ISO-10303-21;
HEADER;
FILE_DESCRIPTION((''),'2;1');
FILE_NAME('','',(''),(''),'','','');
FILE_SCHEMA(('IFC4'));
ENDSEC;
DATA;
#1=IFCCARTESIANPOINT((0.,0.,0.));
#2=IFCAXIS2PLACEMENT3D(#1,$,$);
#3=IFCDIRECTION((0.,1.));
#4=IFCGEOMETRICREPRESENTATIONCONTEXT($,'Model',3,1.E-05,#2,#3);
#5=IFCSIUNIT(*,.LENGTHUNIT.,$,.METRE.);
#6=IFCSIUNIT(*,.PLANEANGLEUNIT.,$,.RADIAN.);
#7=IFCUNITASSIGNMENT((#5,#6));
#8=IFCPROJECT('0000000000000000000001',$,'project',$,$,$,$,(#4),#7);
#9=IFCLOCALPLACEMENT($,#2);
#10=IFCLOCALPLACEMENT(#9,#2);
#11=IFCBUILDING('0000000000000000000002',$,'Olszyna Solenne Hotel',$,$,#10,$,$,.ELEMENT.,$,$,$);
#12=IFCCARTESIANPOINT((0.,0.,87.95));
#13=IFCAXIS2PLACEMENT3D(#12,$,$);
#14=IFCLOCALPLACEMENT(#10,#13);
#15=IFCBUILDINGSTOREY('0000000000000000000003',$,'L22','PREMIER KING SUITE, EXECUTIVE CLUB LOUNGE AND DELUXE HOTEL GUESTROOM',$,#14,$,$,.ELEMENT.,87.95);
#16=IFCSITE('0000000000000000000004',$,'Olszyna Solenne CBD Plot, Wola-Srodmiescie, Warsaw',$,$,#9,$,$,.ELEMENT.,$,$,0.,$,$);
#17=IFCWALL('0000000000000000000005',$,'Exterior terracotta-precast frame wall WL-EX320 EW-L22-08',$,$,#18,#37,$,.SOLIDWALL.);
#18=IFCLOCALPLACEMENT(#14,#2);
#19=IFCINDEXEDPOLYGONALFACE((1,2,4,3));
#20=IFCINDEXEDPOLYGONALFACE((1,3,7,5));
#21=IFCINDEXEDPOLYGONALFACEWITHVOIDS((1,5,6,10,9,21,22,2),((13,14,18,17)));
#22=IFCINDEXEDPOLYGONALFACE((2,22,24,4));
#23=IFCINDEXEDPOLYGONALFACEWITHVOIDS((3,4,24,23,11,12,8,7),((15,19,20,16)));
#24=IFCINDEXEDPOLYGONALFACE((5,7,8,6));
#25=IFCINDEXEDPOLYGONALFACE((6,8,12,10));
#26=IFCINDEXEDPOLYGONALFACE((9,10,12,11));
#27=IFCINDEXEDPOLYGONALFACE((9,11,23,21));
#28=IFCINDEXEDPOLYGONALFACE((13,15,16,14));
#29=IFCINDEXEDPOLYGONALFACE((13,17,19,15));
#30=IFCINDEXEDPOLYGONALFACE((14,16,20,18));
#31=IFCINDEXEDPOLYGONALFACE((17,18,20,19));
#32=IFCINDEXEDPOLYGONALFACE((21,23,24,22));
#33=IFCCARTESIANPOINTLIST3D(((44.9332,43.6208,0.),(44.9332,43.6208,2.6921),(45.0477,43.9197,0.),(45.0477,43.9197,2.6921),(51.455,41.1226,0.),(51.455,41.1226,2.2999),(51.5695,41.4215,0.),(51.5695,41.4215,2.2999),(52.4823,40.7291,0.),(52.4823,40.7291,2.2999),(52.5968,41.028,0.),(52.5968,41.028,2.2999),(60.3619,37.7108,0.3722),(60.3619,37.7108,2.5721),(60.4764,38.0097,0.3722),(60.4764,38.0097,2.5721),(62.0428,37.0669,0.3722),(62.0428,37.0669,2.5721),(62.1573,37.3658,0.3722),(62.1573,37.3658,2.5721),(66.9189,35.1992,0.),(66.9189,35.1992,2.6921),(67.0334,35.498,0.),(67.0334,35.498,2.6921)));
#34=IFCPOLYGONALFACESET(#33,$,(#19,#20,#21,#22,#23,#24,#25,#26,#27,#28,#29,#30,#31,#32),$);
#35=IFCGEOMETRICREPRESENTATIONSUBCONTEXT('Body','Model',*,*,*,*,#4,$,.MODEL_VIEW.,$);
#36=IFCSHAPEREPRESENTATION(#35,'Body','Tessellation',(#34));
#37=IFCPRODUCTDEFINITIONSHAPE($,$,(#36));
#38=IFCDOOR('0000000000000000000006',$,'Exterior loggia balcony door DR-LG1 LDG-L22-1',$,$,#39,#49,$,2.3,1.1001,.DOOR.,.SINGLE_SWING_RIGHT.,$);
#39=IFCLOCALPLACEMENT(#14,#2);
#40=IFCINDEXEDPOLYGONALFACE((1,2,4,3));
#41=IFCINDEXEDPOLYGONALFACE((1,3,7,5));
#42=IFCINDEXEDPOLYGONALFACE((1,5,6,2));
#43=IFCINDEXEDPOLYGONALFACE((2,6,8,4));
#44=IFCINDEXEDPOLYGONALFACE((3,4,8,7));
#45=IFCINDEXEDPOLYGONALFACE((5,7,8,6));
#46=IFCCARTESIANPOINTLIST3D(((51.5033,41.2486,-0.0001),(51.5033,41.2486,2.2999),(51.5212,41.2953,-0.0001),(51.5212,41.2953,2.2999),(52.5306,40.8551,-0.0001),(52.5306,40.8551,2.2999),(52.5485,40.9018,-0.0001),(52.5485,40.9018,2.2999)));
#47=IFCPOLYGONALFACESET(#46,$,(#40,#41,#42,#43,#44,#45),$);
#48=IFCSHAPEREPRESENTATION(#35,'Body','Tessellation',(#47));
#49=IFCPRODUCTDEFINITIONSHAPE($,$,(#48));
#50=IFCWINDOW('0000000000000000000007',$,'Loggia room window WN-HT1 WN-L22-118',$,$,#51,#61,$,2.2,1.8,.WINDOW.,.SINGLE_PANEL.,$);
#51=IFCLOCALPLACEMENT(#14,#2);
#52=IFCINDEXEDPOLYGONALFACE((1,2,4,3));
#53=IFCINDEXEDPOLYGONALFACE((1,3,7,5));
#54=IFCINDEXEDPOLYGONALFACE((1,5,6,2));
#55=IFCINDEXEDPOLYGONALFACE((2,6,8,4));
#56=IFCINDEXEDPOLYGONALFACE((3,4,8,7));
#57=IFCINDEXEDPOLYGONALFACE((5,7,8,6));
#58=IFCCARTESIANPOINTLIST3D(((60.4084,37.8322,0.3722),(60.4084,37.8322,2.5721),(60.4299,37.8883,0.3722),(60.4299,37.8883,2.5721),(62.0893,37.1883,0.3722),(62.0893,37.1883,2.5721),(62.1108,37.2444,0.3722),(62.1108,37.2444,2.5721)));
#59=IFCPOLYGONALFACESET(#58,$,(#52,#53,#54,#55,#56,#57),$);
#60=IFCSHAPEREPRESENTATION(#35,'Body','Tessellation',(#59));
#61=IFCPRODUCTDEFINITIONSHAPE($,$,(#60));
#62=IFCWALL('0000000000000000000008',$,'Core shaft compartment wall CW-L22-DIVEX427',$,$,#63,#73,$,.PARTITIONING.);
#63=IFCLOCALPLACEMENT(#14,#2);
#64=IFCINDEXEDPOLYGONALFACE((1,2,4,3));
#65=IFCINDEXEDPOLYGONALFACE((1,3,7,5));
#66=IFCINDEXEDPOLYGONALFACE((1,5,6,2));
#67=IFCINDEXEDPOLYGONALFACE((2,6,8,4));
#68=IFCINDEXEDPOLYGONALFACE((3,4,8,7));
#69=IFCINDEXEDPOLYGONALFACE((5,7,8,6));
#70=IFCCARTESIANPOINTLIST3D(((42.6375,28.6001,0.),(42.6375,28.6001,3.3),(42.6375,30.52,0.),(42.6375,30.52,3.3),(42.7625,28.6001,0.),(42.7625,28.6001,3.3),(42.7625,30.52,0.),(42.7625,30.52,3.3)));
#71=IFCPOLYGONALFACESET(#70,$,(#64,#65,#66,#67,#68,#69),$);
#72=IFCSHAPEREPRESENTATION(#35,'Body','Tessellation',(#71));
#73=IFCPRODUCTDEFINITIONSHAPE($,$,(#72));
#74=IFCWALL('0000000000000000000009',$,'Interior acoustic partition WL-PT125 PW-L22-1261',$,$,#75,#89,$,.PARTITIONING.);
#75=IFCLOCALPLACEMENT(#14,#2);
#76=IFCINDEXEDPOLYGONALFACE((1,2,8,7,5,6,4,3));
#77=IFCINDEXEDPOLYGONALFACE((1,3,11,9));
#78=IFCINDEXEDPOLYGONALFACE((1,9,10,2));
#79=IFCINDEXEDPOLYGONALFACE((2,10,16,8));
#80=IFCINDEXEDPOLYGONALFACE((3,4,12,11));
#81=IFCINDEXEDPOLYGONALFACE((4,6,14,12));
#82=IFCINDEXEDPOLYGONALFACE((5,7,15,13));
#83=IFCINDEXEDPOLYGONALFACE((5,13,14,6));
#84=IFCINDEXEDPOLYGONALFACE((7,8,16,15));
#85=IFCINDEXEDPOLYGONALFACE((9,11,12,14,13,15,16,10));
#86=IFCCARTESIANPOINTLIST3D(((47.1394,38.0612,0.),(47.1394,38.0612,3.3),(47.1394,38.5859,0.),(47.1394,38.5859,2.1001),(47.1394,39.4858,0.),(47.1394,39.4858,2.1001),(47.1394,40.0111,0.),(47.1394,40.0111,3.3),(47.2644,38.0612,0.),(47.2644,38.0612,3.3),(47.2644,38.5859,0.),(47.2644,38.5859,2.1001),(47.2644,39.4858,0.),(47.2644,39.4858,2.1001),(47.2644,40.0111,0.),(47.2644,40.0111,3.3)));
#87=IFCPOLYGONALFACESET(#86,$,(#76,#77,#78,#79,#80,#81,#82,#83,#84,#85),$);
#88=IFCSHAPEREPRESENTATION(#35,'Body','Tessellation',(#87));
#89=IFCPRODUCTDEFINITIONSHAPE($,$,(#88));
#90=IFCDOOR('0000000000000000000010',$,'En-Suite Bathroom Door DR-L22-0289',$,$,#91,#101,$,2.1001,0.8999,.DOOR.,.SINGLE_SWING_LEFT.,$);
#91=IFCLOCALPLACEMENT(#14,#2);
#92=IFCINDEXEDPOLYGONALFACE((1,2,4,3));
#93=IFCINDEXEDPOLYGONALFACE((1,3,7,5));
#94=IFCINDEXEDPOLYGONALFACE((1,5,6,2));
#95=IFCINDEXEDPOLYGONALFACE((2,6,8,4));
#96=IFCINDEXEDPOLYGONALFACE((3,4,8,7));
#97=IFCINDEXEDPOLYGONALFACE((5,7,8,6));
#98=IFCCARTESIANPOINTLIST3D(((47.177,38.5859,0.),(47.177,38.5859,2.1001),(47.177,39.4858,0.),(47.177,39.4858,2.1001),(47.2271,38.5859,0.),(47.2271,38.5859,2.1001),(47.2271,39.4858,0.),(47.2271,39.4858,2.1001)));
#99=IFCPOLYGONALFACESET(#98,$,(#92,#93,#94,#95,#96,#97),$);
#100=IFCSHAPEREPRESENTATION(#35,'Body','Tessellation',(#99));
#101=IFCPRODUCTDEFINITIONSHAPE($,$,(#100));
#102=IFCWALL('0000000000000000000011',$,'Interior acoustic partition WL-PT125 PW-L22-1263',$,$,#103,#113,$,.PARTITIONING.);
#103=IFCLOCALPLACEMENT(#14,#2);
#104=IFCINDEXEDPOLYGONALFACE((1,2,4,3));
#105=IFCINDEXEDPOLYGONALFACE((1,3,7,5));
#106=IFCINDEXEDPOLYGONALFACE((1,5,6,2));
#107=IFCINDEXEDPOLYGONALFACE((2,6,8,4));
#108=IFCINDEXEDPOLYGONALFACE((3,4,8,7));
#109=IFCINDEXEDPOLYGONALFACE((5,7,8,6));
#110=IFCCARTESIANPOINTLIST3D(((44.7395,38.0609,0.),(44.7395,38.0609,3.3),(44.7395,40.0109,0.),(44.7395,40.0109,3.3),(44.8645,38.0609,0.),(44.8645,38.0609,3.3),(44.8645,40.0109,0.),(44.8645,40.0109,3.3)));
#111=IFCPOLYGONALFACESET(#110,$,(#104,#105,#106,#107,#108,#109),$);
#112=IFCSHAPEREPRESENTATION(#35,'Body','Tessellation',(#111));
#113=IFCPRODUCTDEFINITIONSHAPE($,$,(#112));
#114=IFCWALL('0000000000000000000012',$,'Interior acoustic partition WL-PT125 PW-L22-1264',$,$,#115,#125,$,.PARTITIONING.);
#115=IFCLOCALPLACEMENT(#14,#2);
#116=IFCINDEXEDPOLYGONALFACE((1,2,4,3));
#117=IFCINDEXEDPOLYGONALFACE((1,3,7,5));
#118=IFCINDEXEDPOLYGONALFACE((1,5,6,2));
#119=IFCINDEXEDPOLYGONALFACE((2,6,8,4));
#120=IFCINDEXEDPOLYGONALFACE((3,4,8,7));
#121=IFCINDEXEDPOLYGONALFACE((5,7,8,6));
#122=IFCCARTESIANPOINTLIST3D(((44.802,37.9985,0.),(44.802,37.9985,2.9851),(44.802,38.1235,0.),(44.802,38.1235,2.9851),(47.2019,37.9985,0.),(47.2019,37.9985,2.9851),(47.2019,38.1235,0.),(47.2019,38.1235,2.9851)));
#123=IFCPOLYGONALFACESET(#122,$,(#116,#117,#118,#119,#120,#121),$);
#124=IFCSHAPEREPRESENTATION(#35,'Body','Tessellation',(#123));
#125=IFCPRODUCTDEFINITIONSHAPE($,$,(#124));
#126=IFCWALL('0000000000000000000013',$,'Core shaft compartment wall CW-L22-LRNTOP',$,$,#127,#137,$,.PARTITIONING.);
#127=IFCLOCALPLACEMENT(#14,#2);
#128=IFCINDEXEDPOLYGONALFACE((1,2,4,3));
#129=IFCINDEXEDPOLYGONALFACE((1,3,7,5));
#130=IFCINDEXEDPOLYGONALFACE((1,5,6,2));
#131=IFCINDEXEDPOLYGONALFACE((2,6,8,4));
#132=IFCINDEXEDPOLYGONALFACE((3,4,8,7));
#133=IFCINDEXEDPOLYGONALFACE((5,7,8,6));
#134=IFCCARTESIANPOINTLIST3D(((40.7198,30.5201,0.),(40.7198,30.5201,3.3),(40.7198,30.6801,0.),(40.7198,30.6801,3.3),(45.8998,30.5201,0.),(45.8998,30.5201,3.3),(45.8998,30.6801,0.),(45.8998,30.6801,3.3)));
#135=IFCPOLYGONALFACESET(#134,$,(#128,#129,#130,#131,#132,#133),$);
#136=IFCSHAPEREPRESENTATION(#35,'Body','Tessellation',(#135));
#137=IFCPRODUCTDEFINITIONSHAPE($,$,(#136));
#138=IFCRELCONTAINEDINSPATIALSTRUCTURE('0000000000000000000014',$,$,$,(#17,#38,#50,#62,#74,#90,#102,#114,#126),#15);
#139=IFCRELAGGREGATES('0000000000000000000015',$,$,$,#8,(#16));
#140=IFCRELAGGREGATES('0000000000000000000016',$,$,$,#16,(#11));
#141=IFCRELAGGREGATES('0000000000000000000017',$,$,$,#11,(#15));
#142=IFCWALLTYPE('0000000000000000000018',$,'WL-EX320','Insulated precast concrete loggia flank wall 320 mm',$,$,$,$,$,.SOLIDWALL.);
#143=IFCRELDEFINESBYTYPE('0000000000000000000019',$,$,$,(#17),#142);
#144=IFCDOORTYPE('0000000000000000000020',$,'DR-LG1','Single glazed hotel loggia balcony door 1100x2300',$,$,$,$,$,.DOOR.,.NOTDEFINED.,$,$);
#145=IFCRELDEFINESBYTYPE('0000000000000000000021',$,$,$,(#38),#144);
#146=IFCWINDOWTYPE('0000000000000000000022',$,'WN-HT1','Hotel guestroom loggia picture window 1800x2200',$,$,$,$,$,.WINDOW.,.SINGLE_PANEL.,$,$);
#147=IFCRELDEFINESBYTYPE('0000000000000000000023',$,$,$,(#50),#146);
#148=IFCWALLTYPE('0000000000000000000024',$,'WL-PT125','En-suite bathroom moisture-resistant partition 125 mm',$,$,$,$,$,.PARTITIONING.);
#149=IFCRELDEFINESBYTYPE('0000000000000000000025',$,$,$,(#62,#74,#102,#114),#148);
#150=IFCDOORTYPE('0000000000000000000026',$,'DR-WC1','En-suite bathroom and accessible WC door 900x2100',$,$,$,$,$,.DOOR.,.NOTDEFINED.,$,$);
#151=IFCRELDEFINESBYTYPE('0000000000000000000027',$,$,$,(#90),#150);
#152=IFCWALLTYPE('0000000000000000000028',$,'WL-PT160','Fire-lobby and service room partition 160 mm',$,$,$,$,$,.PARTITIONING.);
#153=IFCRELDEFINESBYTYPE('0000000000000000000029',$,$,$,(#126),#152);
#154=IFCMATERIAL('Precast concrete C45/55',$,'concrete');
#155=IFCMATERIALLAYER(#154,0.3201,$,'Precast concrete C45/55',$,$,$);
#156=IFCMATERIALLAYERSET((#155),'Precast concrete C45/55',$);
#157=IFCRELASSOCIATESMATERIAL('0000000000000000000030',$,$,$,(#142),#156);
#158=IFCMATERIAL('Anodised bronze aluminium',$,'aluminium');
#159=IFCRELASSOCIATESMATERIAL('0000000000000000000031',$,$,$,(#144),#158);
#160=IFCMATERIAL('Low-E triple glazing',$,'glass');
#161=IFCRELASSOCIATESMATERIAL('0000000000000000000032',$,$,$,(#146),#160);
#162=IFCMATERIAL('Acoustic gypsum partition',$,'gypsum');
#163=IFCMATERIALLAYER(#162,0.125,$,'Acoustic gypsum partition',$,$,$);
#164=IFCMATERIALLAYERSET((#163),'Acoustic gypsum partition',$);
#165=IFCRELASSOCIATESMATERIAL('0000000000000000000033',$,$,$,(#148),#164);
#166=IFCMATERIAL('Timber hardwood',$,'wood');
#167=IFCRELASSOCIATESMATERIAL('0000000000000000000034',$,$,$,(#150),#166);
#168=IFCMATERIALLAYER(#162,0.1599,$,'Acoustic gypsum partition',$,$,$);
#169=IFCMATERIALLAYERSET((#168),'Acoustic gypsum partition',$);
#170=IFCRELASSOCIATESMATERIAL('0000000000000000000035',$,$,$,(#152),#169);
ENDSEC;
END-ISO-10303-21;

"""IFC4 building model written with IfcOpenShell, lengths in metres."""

from ifc_helpers import new_model, si_unit, direction, frame, frame_2d, origin, place, context, subcontext, project, spatial, rectangle, extrude, source, transform, mapped, material, layer, layer_set, type_object, type_shapes, element, fill, save


model = new_model("IFC4")

# Units and contexts
model_context = context("Model", 3, precision=1e-05, world=origin(), true_north=direction((0.0, 1.0)))
body_context = subcontext(model_context, "Body", "Model", "MODEL_VIEW")
ifc_project = project(units=[si_unit("LENGTHUNIT", "METRE"), si_unit("PLANEANGLEUNIT", "RADIAN")], contexts=[model_context])

# Site, building, storey
site_placement = place(None, origin())
site = spatial("IfcSite", under=ifc_project, at=site_placement, Name="Olszyna Solenne CBD Plot, Wola-Srodmiescie, Warsaw", CompositionType="ELEMENT", RefElevation=0.0)
building_placement = place(site_placement, origin())
building = spatial("IfcBuilding", under=site, at=building_placement, Name="Olszyna Solenne Hotel", CompositionType="ELEMENT")
storey_placement = place(building_placement, frame((0.0, 0.0, 87.95)))
storey = spatial("IfcBuildingStorey", under=building, at=storey_placement, Name="L22", Description="PREMIER KING SUITE, EXECUTIVE CLUB LOUNGE AND DELUXE HOTEL GUESTROOM", CompositionType="ELEMENT", Elevation=87.95)

# Shared definitions
ifc_material_1 = material(Name="Anodised bronze aluminium", Category="aluminium")
ifc_material_2 = material(Name="Low-E triple glazing", Category="glass")

# Shared definitions
ifc_material_3 = material(Name="Timber hardwood", Category="wood")

# Wall, openings, door, window
ifc_material_4 = material(Name="Precast concrete C45/55", Category="concrete")
ifc_layer_1 = layer(ifc_material_4, 0.3201, Name="Precast concrete C45/55")
ifc_layer_set_1 = layer_set([ifc_layer_1], Name="Precast concrete C45/55")
wall_type_1 = type_object("IfcWallType", Name="WL-EX320", Description="Insulated precast concrete loggia flank wall 320 mm", PredefinedType="SOLIDWALL", material=ifc_layer_set_1)
wall_1_placement = place(storey_placement, frame((44.9905, 43.7703, 0.0), z_axis=(0.0, 0.0, 1.0), x_axis=(0.933834, -0.357707, 0.0)))
wall_1 = element("IfcWall", 1, at=wall_1_placement, inside=storey, type_object=wall_type_1, Name="Exterior terracotta-precast frame wall WL-EX320 EW-L22-08", PredefinedType="SOLIDWALL", context=body_context, shape_type="SweptSolid", body=[
    extrude(rectangle(XDim=23.5435, YDim=0.3201, at=frame_2d((11.7717, 0.0))), origin(), (0.0, 0.0, 1.0), 2.6921),
])
opening_1_placement = place(wall_1_placement, frame((6.9839, 0.0, 0.0)))
opening_1 = element("IfcOpeningElement", 2, at=opening_1_placement, cuts=wall_1, PredefinedType="OPENING", context=body_context, shape_type="SweptSolid", body=[
    extrude(rectangle(XDim=1.1001, YDim=2.3, at=frame_2d((0.55, 1.1499))), frame((0.0, 0.1699, 0.0), z_axis=(0.0, -1.0, 0.0), x_axis=(1.0, 0.0, 0.0)), (0.0, 0.0, 1.0), 0.3401),
])
opening_2_placement = place(wall_1_placement, frame((16.522, 0.0, 0.3721)))
opening_2 = element("IfcOpeningElement", 3, at=opening_2_placement, cuts=wall_1, PredefinedType="OPENING", context=body_context, shape_type="SweptSolid", body=[
    extrude(rectangle(XDim=1.8, YDim=2.2, at=frame_2d((0.8999, 1.1001))), frame((0.0, 0.1699, 0.0), z_axis=(0.0, -1.0, 0.0), x_axis=(1.0, 0.0, 0.0)), (0.0, 0.0, 1.0), 0.3401),
])
door_type_1 = type_object("IfcDoorType", Name="DR-LG1", Description="Single glazed hotel loggia balcony door 1100x2300", OperationType="NOTDEFINED", PredefinedType="DOOR", material=ifc_material_1)
shared_shape_1 = source(origin(), body_context, "Body", "SweptSolid", [
    extrude(rectangle(XDim=1.1001, YDim=2.3, at=frame_2d((0.55, 1.1499))), frame((0.0, 0.0249, 0.0), z_axis=(0.0, -1.0, 0.0), x_axis=(1.0, 0.0, 0.0)), (0.0, 0.0, 1.0), 0.05),
])
type_shapes(door_type_1, [shared_shape_1])
door_1_placement = place(opening_1_placement, origin())
door_1 = element("IfcDoor", 4, at=door_1_placement, inside=storey, type_object=door_type_1, Name="Exterior loggia balcony door DR-LG1 LDG-L22-1", OperationType="SINGLE_SWING_RIGHT", OverallHeight=2.3, OverallWidth=1.1001, PredefinedType="DOOR", context=body_context, shape_type="MappedRepresentation", body=[
    mapped(shared_shape_1, transform((0.0, 0.0, 0.0), x_axis=(1.0, 0.0, 0.0), y_axis=(0.0, 1.0, 0.0), z_axis=(0.0, 0.0, 1.0), scale=1.0)),
])
fill(opening_1, door_1)
window_type = type_object("IfcWindowType", Name="WN-HT1", Description="Hotel guestroom loggia picture window 1800x2200", PartitioningType="SINGLE_PANEL", PredefinedType="WINDOW", material=ifc_material_2)
shared_shape_2 = source(origin(), body_context, "Body", "SweptSolid", [
    extrude(rectangle(XDim=1.8, YDim=2.2, at=frame_2d((0.8999, 1.1001))), frame((0.0, 0.03, 0.0), z_axis=(0.0, -1.0, 0.0), x_axis=(1.0, 0.0, 0.0)), (0.0, 0.0, 1.0), 0.0601),
])
type_shapes(window_type, [shared_shape_2])
window_placement = place(opening_2_placement, origin())
window = element("IfcWindow", 5, at=window_placement, inside=storey, type_object=window_type, Name="Loggia room window WN-HT1 WN-L22-118", OverallHeight=2.2, OverallWidth=1.8, PartitioningType="SINGLE_PANEL", PredefinedType="WINDOW", context=body_context, shape_type="MappedRepresentation", body=[
    mapped(shared_shape_2, transform((0.0, 0.0, 0.0), x_axis=(1.0, 0.0, 0.0), y_axis=(0.0, 1.0, 0.0), z_axis=(0.0, 0.0, 1.0), scale=1.0)),
])
fill(opening_2, window)

# Wall
ifc_material_5 = material(Name="Acoustic gypsum partition", Category="gypsum")
ifc_layer_2 = layer(ifc_material_5, 0.125, Name="Acoustic gypsum partition")
ifc_layer_set_2 = layer_set([ifc_layer_2], Name="Acoustic gypsum partition")
wall_type_2 = type_object("IfcWallType", Name="WL-PT125", Description="En-suite bathroom moisture-resistant partition 125 mm", PredefinedType="PARTITIONING", material=ifc_layer_set_2)
wall_2_placement = place(storey_placement, frame((42.7, 28.6001, 0.0), z_axis=(0.0, 0.0, 1.0), x_axis=(0.0, 1.0, 0.0)))
element("IfcWall", 6, at=wall_2_placement, inside=storey, type_object=wall_type_2, Name="Core shaft compartment wall CW-L22-DIVEX427", PredefinedType="PARTITIONING", context=body_context, shape_type="SweptSolid", body=[
    extrude(rectangle(XDim=1.9199, YDim=0.125, at=frame_2d((0.96, 0.0))), origin(), (0.0, 0.0, 1.0), 3.3),
])

# Wall, opening, door
wall_3_placement = place(storey_placement, frame((47.2019, 38.061, 0.0), z_axis=(0.0, 0.0, 1.0), x_axis=(0.0, 1.0, 0.0)))
wall_3 = element("IfcWall", 7, at=wall_3_placement, inside=storey, type_object=wall_type_2, Name="Interior acoustic partition WL-PT125 PW-L22-1261", PredefinedType="PARTITIONING", context=body_context, shape_type="SweptSolid", body=[
    extrude(rectangle(XDim=1.95, YDim=0.125, at=frame_2d((0.9751, 0.0))), origin(), (0.0, 0.0, 1.0), 3.3),
])
opening_3_placement = place(wall_3_placement, frame((0.5249, 0.0, 0.0)))
opening_3 = element("IfcOpeningElement", 8, at=opening_3_placement, cuts=wall_3, PredefinedType="OPENING", context=body_context, shape_type="SweptSolid", body=[
    extrude(rectangle(XDim=0.8999, YDim=2.1001, at=frame_2d((0.45, 1.05))), frame((0.0, 0.0725, 0.0), z_axis=(0.0, -1.0, 0.0), x_axis=(1.0, 0.0, 0.0)), (0.0, 0.0, 1.0), 0.145),
])
door_type_2 = type_object("IfcDoorType", Name="DR-WC1", Description="En-suite bathroom and accessible WC door 900x2100", OperationType="NOTDEFINED", PredefinedType="DOOR", material=ifc_material_3)
shared_shape_3 = source(origin(), body_context, "Body", "SweptSolid", [
    extrude(rectangle(XDim=0.8999, YDim=2.1001, at=frame_2d((0.45, 1.05))), frame((0.0, 0.0249, 0.0), z_axis=(0.0, -1.0, 0.0), x_axis=(1.0, 0.0, 0.0)), (0.0, 0.0, 1.0), 0.05),
])
type_shapes(door_type_2, [shared_shape_3])
door_2_placement = place(opening_3_placement, origin())
door_2 = element("IfcDoor", 9, at=door_2_placement, inside=storey, type_object=door_type_2, Name="En-Suite Bathroom Door DR-L22-0289", OperationType="SINGLE_SWING_LEFT", OverallHeight=2.1001, OverallWidth=0.8999, PredefinedType="DOOR", context=body_context, shape_type="MappedRepresentation", body=[
    mapped(shared_shape_3, transform((0.0, 0.0, 0.0), x_axis=(1.0, 0.0, 0.0), y_axis=(0.0, 1.0, 0.0), z_axis=(0.0, 0.0, 1.0), scale=1.0)),
])
fill(opening_3, door_2)

# Walls
wall_4_placement = place(storey_placement, frame((44.802, 40.011, 0.0), z_axis=(0.0, 0.0, 1.0), x_axis=(0.0, -1.0, 0.0)))
element("IfcWall", 10, at=wall_4_placement, inside=storey, type_object=wall_type_2, Name="Interior acoustic partition WL-PT125 PW-L22-1263", PredefinedType="PARTITIONING", context=body_context, shape_type="SweptSolid", body=[
    extrude(rectangle(XDim=1.95, YDim=0.125, at=frame_2d((0.9751, 0.0))), origin(), (0.0, 0.0, 1.0), 3.3),
])
wall_5_placement = place(storey_placement, frame((44.802, 38.061, 0.0), z_axis=(0.0, 0.0, 1.0), x_axis=(1.0, 0.0, 0.0)))
element("IfcWall", 11, at=wall_5_placement, inside=storey, type_object=wall_type_2, Name="Interior acoustic partition WL-PT125 PW-L22-1264", PredefinedType="PARTITIONING", context=body_context, shape_type="SweptSolid", body=[
    extrude(rectangle(XDim=2.3999, YDim=0.125, at=frame_2d((1.2, 0.0))), origin(), (0.0, 0.0, 1.0), 2.9851),
])
ifc_layer_3 = layer(ifc_material_5, 0.1599, Name="Acoustic gypsum partition")
ifc_layer_set_3 = layer_set([ifc_layer_3], Name="Acoustic gypsum partition")
wall_type_3 = type_object("IfcWallType", Name="WL-PT160", Description="Fire-lobby and service room partition 160 mm", PredefinedType="PARTITIONING", material=ifc_layer_set_3)
wall_6_placement = place(storey_placement, frame((40.72, 30.6001, 0.0), z_axis=(0.0, 0.0, 1.0), x_axis=(1.0, 0.0, 0.0)))
element("IfcWall", 12, at=wall_6_placement, inside=storey, type_object=wall_type_3, Name="Core shaft compartment wall CW-L22-LRNTOP", PredefinedType="PARTITIONING", context=body_context, shape_type="SweptSolid", body=[
    extrude(rectangle(XDim=5.1799, YDim=0.1599, at=frame_2d((2.5898, 0.0))), origin(), (0.0, 0.0, 1.0), 3.3),
])

save(model, "model.ifc")
